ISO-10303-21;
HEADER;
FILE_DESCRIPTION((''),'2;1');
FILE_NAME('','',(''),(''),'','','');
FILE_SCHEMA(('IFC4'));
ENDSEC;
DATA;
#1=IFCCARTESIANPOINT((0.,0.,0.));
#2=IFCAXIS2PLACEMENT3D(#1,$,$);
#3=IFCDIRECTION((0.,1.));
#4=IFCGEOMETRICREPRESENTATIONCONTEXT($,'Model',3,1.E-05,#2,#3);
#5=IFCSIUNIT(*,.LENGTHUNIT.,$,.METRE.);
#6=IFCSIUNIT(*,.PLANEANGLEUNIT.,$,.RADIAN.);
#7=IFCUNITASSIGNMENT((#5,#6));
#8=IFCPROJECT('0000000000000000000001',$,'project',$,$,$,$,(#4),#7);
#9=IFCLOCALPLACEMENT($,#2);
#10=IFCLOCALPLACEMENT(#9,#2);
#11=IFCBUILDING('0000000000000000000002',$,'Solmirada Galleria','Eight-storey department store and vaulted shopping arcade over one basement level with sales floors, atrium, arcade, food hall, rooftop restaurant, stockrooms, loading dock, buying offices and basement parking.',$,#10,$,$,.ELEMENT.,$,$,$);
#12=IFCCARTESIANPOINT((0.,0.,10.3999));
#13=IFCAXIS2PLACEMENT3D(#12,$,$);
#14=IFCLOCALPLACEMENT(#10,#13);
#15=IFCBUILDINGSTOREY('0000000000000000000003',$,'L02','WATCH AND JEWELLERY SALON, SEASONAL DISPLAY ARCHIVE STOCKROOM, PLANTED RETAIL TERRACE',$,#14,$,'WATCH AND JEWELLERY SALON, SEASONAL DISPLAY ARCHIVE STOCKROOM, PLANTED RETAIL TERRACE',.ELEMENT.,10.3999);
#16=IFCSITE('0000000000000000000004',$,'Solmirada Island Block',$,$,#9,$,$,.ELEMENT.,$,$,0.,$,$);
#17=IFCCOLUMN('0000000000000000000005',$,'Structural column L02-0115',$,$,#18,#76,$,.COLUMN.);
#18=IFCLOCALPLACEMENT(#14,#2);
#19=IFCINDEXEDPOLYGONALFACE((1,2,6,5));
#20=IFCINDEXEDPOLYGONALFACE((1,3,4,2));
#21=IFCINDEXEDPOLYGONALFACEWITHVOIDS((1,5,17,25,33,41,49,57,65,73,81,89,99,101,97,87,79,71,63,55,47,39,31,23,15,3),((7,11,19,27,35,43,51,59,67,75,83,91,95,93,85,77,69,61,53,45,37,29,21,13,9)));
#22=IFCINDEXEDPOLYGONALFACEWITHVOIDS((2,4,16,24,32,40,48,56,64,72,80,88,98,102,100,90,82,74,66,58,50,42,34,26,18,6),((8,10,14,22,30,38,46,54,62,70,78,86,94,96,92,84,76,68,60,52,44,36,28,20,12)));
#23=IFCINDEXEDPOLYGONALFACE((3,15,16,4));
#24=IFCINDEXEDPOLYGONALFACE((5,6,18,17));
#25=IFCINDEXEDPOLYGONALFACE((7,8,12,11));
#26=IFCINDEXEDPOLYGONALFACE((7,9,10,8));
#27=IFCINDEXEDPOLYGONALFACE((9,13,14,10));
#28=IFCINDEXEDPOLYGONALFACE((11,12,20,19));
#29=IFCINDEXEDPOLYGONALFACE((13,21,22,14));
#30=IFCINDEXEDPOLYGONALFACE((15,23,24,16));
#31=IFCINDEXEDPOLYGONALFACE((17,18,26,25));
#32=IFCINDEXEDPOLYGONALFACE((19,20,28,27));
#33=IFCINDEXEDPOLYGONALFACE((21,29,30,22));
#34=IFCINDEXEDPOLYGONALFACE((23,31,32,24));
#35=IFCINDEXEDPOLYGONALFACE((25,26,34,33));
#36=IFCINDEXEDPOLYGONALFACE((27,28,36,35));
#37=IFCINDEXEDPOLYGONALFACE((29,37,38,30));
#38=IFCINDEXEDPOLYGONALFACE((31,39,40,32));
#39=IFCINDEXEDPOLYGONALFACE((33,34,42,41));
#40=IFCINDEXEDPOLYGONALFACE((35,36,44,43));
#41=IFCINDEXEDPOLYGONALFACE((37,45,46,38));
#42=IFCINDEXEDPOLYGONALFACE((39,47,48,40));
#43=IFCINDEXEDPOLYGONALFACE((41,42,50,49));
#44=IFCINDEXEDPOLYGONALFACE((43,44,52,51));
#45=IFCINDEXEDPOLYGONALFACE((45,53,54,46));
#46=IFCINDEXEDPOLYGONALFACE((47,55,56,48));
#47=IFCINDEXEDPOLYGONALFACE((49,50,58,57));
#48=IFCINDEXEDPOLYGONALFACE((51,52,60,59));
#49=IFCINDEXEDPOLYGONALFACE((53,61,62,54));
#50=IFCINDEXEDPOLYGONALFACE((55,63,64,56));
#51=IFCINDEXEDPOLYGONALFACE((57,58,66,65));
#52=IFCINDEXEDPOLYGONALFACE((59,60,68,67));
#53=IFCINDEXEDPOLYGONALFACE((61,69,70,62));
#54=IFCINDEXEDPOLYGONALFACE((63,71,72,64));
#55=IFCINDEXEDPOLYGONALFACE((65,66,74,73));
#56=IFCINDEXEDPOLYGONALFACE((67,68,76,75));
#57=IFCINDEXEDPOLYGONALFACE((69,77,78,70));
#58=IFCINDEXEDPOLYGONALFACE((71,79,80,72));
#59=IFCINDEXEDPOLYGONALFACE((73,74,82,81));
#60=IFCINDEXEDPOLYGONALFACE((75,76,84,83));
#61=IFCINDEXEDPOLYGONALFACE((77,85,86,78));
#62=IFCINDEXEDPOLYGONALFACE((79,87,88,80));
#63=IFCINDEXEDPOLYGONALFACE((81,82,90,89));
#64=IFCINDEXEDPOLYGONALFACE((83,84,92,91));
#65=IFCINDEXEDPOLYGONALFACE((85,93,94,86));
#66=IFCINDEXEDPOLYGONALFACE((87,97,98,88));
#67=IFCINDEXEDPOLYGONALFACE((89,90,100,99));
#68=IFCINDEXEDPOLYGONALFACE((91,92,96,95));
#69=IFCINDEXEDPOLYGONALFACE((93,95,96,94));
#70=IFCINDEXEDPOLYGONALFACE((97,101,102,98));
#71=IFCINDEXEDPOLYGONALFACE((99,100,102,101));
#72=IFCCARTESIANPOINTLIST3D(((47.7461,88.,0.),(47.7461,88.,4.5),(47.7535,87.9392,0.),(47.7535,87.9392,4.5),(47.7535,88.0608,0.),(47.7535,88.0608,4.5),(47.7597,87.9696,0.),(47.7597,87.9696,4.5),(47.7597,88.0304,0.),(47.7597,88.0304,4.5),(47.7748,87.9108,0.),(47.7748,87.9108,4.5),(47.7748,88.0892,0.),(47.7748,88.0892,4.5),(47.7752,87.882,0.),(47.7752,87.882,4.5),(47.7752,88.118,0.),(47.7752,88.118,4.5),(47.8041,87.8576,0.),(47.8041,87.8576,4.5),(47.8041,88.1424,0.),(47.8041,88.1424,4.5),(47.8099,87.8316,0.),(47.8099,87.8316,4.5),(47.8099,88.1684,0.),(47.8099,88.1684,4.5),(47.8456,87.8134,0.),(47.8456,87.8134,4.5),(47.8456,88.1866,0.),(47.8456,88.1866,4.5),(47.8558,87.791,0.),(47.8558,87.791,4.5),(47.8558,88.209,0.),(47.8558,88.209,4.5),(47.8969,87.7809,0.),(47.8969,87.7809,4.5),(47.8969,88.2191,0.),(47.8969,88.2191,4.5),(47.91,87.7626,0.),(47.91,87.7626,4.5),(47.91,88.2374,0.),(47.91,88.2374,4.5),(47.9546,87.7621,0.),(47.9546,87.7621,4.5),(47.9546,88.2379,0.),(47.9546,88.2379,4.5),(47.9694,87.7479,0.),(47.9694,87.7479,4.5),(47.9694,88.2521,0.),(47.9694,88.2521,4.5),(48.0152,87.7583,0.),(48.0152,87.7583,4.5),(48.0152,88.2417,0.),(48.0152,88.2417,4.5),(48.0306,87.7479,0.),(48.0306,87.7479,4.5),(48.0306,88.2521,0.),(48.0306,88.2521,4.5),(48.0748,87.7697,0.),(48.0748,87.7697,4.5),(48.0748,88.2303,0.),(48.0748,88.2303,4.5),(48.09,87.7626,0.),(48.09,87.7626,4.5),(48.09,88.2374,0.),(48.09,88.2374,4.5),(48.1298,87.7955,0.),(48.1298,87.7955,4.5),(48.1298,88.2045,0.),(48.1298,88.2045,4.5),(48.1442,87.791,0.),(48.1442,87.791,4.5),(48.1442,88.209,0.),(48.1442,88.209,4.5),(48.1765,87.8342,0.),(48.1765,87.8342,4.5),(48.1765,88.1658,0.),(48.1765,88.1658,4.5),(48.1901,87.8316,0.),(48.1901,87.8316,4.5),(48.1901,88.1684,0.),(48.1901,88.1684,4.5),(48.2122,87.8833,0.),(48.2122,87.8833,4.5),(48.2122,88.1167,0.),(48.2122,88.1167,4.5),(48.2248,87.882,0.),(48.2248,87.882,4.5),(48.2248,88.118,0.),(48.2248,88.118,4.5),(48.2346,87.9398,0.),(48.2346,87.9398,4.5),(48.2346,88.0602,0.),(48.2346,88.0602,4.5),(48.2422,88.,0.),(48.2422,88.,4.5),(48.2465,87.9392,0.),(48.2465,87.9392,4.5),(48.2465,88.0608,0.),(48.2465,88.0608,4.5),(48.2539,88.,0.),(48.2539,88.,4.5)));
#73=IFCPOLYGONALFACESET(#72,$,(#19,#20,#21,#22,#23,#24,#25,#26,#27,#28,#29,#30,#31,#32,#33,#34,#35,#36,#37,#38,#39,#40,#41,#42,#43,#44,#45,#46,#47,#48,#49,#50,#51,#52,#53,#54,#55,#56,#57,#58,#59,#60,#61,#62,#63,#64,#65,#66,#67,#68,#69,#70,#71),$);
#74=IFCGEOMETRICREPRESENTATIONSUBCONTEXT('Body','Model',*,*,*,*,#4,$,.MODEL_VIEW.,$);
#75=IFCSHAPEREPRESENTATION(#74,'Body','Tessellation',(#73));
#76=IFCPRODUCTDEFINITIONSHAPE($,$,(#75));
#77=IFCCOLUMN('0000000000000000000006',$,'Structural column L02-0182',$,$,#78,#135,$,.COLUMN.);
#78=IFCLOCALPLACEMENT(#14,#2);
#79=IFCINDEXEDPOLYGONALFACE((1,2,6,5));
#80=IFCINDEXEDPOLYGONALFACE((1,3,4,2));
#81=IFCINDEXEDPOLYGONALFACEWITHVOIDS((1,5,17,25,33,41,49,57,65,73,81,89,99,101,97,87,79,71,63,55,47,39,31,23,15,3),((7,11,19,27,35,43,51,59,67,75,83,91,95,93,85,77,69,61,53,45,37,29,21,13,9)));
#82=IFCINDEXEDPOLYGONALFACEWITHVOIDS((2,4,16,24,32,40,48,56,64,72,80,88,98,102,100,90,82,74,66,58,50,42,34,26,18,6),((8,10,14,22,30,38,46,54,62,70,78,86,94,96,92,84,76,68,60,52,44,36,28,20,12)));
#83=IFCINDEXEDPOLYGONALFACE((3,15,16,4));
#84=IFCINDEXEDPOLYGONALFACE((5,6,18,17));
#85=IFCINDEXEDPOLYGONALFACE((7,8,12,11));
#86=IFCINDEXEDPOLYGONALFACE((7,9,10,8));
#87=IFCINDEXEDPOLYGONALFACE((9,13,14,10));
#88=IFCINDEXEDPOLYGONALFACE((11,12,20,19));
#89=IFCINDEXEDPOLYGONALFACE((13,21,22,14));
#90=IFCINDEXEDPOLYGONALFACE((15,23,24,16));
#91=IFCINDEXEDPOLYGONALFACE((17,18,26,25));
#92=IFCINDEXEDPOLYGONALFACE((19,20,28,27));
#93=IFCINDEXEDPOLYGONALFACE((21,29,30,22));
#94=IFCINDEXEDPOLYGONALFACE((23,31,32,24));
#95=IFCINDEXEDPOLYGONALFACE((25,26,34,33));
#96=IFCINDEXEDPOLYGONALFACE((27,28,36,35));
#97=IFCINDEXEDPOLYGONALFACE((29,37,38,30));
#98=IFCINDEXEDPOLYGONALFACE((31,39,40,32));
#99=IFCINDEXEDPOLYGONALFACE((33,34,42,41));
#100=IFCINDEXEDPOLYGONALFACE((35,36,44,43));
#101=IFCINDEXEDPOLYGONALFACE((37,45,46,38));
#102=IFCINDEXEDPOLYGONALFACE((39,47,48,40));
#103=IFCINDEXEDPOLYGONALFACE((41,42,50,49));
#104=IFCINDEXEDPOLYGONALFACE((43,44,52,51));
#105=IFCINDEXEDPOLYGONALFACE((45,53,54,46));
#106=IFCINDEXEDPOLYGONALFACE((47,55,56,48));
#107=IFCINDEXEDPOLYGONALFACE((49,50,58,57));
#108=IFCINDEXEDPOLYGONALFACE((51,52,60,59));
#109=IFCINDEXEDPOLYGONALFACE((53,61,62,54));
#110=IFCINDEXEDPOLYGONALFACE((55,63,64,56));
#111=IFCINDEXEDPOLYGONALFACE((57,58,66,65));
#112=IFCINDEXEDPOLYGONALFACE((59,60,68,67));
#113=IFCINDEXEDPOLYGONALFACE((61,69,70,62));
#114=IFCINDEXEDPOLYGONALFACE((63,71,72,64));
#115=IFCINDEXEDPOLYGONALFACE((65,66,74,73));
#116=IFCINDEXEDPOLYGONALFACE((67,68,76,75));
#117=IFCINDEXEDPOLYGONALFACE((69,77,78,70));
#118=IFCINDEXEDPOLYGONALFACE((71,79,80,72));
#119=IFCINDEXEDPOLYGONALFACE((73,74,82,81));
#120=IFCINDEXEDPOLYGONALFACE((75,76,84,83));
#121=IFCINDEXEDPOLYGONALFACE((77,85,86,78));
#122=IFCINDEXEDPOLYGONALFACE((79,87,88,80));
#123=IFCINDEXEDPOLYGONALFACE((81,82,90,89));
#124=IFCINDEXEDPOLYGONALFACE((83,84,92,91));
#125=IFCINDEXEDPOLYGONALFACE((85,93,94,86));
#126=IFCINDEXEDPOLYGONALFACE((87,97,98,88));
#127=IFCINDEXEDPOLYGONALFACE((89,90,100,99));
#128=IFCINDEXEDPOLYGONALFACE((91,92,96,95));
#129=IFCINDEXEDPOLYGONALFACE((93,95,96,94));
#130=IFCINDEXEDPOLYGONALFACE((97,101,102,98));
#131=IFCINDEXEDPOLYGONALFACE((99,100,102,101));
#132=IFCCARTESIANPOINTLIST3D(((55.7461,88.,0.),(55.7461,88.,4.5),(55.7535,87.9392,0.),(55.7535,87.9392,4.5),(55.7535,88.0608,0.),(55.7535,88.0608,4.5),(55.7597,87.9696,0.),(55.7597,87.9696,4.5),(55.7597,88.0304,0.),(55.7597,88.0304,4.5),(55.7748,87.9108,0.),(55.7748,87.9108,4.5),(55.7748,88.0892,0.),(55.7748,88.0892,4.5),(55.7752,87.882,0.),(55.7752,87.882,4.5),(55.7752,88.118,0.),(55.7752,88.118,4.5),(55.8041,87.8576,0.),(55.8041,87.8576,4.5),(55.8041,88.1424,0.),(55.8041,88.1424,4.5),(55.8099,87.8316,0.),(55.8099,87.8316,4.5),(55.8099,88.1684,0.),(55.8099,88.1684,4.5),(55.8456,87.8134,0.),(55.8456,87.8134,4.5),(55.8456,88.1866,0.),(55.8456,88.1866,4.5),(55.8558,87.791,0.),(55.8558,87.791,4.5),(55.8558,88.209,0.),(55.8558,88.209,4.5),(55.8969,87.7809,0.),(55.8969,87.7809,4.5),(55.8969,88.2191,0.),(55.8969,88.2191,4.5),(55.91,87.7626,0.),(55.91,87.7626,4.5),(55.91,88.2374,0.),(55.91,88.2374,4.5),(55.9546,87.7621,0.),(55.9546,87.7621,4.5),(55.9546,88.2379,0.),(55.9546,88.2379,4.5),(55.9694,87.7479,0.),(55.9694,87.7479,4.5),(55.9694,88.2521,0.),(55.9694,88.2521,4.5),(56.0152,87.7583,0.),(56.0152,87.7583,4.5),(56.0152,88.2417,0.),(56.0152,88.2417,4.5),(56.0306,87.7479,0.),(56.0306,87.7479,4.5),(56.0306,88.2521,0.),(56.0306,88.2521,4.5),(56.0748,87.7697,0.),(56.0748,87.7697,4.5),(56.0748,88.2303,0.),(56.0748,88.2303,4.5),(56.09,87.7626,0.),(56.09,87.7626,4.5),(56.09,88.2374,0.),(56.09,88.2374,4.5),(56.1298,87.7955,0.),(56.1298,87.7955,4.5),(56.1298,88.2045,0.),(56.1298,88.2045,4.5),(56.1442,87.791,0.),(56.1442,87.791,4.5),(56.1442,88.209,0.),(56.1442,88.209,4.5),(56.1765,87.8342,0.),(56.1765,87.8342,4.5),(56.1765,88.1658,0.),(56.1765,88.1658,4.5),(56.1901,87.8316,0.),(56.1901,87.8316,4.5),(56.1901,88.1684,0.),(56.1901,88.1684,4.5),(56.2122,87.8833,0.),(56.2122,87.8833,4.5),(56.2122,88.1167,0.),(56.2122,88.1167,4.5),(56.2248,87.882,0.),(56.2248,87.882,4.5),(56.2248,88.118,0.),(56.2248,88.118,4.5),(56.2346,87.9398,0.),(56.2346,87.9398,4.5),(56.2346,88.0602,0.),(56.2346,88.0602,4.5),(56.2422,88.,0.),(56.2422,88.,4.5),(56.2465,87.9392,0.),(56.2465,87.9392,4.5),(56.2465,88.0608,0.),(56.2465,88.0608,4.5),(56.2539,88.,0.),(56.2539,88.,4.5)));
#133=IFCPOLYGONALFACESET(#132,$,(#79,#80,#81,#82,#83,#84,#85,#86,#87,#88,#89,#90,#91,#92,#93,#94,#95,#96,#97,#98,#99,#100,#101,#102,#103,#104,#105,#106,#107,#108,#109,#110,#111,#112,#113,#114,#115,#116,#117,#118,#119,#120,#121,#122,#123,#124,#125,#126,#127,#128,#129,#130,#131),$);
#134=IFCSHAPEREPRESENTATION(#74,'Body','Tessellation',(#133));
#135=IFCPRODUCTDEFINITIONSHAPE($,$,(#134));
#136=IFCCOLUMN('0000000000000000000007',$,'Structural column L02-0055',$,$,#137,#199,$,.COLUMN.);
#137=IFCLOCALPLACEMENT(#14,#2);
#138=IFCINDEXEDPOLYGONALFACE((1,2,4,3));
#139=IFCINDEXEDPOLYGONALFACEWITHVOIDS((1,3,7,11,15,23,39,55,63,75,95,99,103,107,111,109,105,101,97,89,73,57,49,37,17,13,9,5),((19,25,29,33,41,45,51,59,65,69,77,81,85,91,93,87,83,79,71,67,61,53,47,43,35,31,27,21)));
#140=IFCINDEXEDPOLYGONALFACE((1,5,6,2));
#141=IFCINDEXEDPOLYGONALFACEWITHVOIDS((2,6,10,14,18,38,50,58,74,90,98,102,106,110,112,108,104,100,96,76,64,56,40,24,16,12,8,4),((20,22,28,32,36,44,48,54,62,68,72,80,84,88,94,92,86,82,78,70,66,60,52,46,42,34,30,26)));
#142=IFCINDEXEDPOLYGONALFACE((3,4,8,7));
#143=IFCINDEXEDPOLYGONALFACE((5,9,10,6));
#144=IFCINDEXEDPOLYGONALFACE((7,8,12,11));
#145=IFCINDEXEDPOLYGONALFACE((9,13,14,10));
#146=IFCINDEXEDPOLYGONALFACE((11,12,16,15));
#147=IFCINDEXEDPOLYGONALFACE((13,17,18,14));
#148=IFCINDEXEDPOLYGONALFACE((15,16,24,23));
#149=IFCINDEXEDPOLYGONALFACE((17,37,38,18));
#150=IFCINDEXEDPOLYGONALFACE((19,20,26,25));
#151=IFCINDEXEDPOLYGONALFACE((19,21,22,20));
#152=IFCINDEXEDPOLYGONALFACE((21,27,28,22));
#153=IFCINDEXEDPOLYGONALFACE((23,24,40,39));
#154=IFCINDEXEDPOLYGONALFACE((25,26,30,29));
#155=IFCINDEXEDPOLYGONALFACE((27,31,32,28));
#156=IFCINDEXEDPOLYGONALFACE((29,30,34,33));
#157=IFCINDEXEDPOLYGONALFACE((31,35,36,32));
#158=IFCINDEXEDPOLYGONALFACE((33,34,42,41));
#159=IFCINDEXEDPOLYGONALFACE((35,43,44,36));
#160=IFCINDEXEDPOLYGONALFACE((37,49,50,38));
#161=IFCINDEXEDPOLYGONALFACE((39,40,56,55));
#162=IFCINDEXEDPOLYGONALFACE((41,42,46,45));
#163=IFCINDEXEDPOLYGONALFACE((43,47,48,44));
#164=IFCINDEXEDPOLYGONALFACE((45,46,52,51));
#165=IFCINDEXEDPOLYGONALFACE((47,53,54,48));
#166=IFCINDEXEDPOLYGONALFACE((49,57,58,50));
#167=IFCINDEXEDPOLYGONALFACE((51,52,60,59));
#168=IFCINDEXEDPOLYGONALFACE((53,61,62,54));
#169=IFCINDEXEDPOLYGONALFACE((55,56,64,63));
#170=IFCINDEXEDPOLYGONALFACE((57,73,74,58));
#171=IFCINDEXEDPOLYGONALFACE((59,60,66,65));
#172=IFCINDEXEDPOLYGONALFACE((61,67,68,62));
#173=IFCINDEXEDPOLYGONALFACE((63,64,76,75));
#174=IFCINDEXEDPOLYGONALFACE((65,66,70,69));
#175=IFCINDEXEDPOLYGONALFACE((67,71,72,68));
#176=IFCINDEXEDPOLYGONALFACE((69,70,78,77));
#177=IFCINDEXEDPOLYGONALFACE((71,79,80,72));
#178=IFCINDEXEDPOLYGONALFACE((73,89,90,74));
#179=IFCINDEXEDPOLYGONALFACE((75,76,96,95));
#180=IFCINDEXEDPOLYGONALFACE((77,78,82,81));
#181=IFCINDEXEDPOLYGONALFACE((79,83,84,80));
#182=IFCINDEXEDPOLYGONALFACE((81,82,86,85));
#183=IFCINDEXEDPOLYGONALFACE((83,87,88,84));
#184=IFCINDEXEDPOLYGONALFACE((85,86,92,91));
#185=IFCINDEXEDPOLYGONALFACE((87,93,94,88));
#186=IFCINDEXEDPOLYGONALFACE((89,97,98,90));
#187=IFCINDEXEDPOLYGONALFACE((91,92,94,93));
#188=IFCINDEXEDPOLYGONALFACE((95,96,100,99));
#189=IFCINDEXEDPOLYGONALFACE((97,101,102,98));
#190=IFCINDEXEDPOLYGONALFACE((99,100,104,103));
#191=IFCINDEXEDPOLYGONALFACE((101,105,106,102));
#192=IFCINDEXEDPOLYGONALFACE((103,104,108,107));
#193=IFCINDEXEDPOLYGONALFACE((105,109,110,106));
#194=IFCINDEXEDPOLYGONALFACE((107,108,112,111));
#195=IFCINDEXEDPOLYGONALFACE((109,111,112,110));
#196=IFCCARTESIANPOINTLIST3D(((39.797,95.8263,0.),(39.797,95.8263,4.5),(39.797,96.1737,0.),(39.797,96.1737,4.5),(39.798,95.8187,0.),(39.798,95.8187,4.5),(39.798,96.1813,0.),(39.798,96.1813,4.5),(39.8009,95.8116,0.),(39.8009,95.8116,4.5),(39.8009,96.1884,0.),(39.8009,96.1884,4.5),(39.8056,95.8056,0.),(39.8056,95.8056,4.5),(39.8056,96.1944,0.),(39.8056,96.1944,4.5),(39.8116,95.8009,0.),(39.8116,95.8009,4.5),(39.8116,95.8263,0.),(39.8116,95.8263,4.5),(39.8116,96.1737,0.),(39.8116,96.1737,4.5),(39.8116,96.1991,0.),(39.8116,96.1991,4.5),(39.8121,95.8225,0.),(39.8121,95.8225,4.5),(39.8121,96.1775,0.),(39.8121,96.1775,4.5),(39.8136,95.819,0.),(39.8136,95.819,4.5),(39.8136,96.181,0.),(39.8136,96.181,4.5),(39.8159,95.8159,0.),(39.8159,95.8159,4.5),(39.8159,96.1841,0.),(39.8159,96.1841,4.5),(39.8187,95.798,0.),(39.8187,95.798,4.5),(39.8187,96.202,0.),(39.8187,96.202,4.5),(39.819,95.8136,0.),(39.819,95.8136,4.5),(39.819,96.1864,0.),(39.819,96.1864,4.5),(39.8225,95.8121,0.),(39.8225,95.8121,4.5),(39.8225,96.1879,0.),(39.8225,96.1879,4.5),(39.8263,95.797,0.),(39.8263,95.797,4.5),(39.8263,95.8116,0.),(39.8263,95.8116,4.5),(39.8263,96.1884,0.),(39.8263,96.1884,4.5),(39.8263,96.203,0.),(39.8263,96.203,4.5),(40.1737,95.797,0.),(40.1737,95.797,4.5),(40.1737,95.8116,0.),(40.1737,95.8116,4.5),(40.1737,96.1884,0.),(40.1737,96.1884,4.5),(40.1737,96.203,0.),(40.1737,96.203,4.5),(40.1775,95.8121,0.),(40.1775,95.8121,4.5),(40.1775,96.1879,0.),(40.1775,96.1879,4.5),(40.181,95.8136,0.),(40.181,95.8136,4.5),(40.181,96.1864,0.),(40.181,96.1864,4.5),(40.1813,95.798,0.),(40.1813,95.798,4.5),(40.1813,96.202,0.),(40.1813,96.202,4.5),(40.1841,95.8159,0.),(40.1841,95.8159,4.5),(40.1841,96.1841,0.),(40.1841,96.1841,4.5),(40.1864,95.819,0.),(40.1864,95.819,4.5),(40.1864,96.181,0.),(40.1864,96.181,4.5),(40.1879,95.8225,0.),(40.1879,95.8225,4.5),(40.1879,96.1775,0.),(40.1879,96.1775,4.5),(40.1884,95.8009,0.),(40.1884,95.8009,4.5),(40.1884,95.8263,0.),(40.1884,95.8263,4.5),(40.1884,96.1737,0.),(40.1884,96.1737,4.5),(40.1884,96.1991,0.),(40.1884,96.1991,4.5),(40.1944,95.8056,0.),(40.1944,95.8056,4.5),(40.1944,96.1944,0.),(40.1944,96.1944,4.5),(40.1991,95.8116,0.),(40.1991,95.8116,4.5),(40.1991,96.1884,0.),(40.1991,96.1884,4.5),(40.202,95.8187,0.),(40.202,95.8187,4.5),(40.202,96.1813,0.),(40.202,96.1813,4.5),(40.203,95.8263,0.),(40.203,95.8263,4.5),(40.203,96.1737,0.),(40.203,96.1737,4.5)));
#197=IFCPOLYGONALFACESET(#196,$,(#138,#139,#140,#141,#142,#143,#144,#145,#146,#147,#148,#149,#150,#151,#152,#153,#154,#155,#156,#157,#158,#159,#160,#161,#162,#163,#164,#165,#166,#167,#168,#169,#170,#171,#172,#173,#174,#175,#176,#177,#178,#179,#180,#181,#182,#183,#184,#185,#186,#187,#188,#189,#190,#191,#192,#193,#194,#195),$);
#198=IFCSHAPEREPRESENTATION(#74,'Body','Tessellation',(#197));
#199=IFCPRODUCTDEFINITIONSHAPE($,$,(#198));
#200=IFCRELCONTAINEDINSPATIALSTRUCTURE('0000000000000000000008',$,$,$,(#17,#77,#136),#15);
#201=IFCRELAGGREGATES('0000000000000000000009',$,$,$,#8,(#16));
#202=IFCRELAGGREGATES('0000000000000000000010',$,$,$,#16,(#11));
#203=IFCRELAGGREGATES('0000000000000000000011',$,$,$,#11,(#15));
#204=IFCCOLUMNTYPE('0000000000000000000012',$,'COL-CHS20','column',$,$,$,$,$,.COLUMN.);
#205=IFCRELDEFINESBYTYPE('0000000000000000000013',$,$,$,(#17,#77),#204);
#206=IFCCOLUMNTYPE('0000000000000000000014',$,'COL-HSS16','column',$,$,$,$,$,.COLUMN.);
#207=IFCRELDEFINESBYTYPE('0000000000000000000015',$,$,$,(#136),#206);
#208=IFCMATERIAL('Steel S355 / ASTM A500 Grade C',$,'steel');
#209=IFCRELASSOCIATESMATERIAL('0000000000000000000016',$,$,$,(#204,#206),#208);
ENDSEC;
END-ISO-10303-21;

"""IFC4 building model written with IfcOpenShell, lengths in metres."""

from ifc_helpers import new_model, si_unit, direction, frame, origin, origin_2d, place, context, subcontext, project, spatial, hollow_rectangle, hollow_circle, extrude, material, material_profile, profile_set, type_object, element, save


model = new_model("IFC4")

# Units and contexts
model_context = context("Model", 3, precision=1e-05, world=origin(), true_north=direction((0.0, 1.0)))
body_context = subcontext(model_context, "Body", "Model", "MODEL_VIEW")
ifc_project = project(units=[si_unit("LENGTHUNIT", "METRE"), si_unit("PLANEANGLEUNIT", "RADIAN")], contexts=[model_context])

# Site, building, storey
site_placement = place(None, origin())
site = spatial("IfcSite", under=ifc_project, at=site_placement, Name="Solmirada Island Block", CompositionType="ELEMENT", RefElevation=0.0)
building_placement = place(site_placement, origin())
building = spatial("IfcBuilding", under=site, at=building_placement, Name="Solmirada Galleria", Description="Eight-storey department store and vaulted shopping arcade over one basement level with sales floors, atrium, arcade, food hall, rooftop restaurant, stockrooms, loading dock, buying offices and basement parking.", CompositionType="ELEMENT")
storey_placement = place(building_placement, frame((0.0, 0.0, 10.3999)))
storey = spatial("IfcBuildingStorey", under=building, at=storey_placement, Name="L02", Description="WATCH AND JEWELLERY SALON, SEASONAL DISPLAY ARCHIVE STOCKROOM, PLANTED RETAIL TERRACE", LongName="WATCH AND JEWELLERY SALON, SEASONAL DISPLAY ARCHIVE STOCKROOM, PLANTED RETAIL TERRACE", CompositionType="ELEMENT", Elevation=10.3999)

# Columns
ifc_material_1 = material(Name="Steel S355 / ASTM A500 Grade C", Category="steel")
ifc_material_profile_1 = material_profile(ifc_material_1, hollow_circle(Radius=0.2539, WallThickness=0.0117, at=origin_2d()), Name="HSS20.000X0.500")
ifc_profile_set_1 = profile_set([ifc_material_profile_1], Name="Steel S355 / ASTM A500 Grade C")
column_type_1 = type_object("IfcColumnType", Name="COL-CHS20", Description="column", PredefinedType="COLUMN", material=ifc_profile_set_1)
for number, where, z_axis, x_axis, name in (
    (1, (48.0, 88.0, 0.0), (0.0, 0.0, 1.0), (1.0, 0.0, 0.0), "Structural column L02-0115"),
    (2, (56.0, 88.0, 0.0), (0.0, 0.0, 1.0), (1.0, 0.0, 0.0), "Structural column L02-0182"),
):
    element("IfcColumn", number, at=place(storey_placement, frame(where, z_axis=z_axis, x_axis=x_axis)), inside=storey, type_object=column_type_1, Name=name, PredefinedType="COLUMN", context=body_context, shape_type="SweptSolid", body=[
        extrude(hollow_circle(Radius=0.2539, WallThickness=0.0117, at=origin_2d()), origin(), (0.0, 0.0, 1.0), 4.5),
    ])
ifc_material_profile_2 = material_profile(ifc_material_1, hollow_rectangle(XDim=0.406, YDim=0.406, WallThickness=0.0146, InnerFilletRadius=0.0146, OuterFilletRadius=0.0293, at=origin_2d()), Name="HSS16X16X5/8")
ifc_profile_set_2 = profile_set([ifc_material_profile_2], Name="Steel S355 / ASTM A500 Grade C")
column_type_2 = type_object("IfcColumnType", Name="COL-HSS16", Description="column", PredefinedType="COLUMN", material=ifc_profile_set_2)
column_placement = place(storey_placement, frame((40.0, 96.0, 0.0), z_axis=(0.0, 0.0, 1.0), x_axis=(1.0, 0.0, 0.0)))
element("IfcColumn", 3, at=column_placement, inside=storey, type_object=column_type_2, Name="Structural column L02-0055", PredefinedType="COLUMN", context=body_context, shape_type="SweptSolid", body=[
    extrude(hollow_rectangle(XDim=0.406, YDim=0.406, WallThickness=0.0146, InnerFilletRadius=0.0146, OuterFilletRadius=0.0293, at=origin_2d()), origin(), (0.0, 0.0, 1.0), 4.5),
])

save(model, "model.ifc")
